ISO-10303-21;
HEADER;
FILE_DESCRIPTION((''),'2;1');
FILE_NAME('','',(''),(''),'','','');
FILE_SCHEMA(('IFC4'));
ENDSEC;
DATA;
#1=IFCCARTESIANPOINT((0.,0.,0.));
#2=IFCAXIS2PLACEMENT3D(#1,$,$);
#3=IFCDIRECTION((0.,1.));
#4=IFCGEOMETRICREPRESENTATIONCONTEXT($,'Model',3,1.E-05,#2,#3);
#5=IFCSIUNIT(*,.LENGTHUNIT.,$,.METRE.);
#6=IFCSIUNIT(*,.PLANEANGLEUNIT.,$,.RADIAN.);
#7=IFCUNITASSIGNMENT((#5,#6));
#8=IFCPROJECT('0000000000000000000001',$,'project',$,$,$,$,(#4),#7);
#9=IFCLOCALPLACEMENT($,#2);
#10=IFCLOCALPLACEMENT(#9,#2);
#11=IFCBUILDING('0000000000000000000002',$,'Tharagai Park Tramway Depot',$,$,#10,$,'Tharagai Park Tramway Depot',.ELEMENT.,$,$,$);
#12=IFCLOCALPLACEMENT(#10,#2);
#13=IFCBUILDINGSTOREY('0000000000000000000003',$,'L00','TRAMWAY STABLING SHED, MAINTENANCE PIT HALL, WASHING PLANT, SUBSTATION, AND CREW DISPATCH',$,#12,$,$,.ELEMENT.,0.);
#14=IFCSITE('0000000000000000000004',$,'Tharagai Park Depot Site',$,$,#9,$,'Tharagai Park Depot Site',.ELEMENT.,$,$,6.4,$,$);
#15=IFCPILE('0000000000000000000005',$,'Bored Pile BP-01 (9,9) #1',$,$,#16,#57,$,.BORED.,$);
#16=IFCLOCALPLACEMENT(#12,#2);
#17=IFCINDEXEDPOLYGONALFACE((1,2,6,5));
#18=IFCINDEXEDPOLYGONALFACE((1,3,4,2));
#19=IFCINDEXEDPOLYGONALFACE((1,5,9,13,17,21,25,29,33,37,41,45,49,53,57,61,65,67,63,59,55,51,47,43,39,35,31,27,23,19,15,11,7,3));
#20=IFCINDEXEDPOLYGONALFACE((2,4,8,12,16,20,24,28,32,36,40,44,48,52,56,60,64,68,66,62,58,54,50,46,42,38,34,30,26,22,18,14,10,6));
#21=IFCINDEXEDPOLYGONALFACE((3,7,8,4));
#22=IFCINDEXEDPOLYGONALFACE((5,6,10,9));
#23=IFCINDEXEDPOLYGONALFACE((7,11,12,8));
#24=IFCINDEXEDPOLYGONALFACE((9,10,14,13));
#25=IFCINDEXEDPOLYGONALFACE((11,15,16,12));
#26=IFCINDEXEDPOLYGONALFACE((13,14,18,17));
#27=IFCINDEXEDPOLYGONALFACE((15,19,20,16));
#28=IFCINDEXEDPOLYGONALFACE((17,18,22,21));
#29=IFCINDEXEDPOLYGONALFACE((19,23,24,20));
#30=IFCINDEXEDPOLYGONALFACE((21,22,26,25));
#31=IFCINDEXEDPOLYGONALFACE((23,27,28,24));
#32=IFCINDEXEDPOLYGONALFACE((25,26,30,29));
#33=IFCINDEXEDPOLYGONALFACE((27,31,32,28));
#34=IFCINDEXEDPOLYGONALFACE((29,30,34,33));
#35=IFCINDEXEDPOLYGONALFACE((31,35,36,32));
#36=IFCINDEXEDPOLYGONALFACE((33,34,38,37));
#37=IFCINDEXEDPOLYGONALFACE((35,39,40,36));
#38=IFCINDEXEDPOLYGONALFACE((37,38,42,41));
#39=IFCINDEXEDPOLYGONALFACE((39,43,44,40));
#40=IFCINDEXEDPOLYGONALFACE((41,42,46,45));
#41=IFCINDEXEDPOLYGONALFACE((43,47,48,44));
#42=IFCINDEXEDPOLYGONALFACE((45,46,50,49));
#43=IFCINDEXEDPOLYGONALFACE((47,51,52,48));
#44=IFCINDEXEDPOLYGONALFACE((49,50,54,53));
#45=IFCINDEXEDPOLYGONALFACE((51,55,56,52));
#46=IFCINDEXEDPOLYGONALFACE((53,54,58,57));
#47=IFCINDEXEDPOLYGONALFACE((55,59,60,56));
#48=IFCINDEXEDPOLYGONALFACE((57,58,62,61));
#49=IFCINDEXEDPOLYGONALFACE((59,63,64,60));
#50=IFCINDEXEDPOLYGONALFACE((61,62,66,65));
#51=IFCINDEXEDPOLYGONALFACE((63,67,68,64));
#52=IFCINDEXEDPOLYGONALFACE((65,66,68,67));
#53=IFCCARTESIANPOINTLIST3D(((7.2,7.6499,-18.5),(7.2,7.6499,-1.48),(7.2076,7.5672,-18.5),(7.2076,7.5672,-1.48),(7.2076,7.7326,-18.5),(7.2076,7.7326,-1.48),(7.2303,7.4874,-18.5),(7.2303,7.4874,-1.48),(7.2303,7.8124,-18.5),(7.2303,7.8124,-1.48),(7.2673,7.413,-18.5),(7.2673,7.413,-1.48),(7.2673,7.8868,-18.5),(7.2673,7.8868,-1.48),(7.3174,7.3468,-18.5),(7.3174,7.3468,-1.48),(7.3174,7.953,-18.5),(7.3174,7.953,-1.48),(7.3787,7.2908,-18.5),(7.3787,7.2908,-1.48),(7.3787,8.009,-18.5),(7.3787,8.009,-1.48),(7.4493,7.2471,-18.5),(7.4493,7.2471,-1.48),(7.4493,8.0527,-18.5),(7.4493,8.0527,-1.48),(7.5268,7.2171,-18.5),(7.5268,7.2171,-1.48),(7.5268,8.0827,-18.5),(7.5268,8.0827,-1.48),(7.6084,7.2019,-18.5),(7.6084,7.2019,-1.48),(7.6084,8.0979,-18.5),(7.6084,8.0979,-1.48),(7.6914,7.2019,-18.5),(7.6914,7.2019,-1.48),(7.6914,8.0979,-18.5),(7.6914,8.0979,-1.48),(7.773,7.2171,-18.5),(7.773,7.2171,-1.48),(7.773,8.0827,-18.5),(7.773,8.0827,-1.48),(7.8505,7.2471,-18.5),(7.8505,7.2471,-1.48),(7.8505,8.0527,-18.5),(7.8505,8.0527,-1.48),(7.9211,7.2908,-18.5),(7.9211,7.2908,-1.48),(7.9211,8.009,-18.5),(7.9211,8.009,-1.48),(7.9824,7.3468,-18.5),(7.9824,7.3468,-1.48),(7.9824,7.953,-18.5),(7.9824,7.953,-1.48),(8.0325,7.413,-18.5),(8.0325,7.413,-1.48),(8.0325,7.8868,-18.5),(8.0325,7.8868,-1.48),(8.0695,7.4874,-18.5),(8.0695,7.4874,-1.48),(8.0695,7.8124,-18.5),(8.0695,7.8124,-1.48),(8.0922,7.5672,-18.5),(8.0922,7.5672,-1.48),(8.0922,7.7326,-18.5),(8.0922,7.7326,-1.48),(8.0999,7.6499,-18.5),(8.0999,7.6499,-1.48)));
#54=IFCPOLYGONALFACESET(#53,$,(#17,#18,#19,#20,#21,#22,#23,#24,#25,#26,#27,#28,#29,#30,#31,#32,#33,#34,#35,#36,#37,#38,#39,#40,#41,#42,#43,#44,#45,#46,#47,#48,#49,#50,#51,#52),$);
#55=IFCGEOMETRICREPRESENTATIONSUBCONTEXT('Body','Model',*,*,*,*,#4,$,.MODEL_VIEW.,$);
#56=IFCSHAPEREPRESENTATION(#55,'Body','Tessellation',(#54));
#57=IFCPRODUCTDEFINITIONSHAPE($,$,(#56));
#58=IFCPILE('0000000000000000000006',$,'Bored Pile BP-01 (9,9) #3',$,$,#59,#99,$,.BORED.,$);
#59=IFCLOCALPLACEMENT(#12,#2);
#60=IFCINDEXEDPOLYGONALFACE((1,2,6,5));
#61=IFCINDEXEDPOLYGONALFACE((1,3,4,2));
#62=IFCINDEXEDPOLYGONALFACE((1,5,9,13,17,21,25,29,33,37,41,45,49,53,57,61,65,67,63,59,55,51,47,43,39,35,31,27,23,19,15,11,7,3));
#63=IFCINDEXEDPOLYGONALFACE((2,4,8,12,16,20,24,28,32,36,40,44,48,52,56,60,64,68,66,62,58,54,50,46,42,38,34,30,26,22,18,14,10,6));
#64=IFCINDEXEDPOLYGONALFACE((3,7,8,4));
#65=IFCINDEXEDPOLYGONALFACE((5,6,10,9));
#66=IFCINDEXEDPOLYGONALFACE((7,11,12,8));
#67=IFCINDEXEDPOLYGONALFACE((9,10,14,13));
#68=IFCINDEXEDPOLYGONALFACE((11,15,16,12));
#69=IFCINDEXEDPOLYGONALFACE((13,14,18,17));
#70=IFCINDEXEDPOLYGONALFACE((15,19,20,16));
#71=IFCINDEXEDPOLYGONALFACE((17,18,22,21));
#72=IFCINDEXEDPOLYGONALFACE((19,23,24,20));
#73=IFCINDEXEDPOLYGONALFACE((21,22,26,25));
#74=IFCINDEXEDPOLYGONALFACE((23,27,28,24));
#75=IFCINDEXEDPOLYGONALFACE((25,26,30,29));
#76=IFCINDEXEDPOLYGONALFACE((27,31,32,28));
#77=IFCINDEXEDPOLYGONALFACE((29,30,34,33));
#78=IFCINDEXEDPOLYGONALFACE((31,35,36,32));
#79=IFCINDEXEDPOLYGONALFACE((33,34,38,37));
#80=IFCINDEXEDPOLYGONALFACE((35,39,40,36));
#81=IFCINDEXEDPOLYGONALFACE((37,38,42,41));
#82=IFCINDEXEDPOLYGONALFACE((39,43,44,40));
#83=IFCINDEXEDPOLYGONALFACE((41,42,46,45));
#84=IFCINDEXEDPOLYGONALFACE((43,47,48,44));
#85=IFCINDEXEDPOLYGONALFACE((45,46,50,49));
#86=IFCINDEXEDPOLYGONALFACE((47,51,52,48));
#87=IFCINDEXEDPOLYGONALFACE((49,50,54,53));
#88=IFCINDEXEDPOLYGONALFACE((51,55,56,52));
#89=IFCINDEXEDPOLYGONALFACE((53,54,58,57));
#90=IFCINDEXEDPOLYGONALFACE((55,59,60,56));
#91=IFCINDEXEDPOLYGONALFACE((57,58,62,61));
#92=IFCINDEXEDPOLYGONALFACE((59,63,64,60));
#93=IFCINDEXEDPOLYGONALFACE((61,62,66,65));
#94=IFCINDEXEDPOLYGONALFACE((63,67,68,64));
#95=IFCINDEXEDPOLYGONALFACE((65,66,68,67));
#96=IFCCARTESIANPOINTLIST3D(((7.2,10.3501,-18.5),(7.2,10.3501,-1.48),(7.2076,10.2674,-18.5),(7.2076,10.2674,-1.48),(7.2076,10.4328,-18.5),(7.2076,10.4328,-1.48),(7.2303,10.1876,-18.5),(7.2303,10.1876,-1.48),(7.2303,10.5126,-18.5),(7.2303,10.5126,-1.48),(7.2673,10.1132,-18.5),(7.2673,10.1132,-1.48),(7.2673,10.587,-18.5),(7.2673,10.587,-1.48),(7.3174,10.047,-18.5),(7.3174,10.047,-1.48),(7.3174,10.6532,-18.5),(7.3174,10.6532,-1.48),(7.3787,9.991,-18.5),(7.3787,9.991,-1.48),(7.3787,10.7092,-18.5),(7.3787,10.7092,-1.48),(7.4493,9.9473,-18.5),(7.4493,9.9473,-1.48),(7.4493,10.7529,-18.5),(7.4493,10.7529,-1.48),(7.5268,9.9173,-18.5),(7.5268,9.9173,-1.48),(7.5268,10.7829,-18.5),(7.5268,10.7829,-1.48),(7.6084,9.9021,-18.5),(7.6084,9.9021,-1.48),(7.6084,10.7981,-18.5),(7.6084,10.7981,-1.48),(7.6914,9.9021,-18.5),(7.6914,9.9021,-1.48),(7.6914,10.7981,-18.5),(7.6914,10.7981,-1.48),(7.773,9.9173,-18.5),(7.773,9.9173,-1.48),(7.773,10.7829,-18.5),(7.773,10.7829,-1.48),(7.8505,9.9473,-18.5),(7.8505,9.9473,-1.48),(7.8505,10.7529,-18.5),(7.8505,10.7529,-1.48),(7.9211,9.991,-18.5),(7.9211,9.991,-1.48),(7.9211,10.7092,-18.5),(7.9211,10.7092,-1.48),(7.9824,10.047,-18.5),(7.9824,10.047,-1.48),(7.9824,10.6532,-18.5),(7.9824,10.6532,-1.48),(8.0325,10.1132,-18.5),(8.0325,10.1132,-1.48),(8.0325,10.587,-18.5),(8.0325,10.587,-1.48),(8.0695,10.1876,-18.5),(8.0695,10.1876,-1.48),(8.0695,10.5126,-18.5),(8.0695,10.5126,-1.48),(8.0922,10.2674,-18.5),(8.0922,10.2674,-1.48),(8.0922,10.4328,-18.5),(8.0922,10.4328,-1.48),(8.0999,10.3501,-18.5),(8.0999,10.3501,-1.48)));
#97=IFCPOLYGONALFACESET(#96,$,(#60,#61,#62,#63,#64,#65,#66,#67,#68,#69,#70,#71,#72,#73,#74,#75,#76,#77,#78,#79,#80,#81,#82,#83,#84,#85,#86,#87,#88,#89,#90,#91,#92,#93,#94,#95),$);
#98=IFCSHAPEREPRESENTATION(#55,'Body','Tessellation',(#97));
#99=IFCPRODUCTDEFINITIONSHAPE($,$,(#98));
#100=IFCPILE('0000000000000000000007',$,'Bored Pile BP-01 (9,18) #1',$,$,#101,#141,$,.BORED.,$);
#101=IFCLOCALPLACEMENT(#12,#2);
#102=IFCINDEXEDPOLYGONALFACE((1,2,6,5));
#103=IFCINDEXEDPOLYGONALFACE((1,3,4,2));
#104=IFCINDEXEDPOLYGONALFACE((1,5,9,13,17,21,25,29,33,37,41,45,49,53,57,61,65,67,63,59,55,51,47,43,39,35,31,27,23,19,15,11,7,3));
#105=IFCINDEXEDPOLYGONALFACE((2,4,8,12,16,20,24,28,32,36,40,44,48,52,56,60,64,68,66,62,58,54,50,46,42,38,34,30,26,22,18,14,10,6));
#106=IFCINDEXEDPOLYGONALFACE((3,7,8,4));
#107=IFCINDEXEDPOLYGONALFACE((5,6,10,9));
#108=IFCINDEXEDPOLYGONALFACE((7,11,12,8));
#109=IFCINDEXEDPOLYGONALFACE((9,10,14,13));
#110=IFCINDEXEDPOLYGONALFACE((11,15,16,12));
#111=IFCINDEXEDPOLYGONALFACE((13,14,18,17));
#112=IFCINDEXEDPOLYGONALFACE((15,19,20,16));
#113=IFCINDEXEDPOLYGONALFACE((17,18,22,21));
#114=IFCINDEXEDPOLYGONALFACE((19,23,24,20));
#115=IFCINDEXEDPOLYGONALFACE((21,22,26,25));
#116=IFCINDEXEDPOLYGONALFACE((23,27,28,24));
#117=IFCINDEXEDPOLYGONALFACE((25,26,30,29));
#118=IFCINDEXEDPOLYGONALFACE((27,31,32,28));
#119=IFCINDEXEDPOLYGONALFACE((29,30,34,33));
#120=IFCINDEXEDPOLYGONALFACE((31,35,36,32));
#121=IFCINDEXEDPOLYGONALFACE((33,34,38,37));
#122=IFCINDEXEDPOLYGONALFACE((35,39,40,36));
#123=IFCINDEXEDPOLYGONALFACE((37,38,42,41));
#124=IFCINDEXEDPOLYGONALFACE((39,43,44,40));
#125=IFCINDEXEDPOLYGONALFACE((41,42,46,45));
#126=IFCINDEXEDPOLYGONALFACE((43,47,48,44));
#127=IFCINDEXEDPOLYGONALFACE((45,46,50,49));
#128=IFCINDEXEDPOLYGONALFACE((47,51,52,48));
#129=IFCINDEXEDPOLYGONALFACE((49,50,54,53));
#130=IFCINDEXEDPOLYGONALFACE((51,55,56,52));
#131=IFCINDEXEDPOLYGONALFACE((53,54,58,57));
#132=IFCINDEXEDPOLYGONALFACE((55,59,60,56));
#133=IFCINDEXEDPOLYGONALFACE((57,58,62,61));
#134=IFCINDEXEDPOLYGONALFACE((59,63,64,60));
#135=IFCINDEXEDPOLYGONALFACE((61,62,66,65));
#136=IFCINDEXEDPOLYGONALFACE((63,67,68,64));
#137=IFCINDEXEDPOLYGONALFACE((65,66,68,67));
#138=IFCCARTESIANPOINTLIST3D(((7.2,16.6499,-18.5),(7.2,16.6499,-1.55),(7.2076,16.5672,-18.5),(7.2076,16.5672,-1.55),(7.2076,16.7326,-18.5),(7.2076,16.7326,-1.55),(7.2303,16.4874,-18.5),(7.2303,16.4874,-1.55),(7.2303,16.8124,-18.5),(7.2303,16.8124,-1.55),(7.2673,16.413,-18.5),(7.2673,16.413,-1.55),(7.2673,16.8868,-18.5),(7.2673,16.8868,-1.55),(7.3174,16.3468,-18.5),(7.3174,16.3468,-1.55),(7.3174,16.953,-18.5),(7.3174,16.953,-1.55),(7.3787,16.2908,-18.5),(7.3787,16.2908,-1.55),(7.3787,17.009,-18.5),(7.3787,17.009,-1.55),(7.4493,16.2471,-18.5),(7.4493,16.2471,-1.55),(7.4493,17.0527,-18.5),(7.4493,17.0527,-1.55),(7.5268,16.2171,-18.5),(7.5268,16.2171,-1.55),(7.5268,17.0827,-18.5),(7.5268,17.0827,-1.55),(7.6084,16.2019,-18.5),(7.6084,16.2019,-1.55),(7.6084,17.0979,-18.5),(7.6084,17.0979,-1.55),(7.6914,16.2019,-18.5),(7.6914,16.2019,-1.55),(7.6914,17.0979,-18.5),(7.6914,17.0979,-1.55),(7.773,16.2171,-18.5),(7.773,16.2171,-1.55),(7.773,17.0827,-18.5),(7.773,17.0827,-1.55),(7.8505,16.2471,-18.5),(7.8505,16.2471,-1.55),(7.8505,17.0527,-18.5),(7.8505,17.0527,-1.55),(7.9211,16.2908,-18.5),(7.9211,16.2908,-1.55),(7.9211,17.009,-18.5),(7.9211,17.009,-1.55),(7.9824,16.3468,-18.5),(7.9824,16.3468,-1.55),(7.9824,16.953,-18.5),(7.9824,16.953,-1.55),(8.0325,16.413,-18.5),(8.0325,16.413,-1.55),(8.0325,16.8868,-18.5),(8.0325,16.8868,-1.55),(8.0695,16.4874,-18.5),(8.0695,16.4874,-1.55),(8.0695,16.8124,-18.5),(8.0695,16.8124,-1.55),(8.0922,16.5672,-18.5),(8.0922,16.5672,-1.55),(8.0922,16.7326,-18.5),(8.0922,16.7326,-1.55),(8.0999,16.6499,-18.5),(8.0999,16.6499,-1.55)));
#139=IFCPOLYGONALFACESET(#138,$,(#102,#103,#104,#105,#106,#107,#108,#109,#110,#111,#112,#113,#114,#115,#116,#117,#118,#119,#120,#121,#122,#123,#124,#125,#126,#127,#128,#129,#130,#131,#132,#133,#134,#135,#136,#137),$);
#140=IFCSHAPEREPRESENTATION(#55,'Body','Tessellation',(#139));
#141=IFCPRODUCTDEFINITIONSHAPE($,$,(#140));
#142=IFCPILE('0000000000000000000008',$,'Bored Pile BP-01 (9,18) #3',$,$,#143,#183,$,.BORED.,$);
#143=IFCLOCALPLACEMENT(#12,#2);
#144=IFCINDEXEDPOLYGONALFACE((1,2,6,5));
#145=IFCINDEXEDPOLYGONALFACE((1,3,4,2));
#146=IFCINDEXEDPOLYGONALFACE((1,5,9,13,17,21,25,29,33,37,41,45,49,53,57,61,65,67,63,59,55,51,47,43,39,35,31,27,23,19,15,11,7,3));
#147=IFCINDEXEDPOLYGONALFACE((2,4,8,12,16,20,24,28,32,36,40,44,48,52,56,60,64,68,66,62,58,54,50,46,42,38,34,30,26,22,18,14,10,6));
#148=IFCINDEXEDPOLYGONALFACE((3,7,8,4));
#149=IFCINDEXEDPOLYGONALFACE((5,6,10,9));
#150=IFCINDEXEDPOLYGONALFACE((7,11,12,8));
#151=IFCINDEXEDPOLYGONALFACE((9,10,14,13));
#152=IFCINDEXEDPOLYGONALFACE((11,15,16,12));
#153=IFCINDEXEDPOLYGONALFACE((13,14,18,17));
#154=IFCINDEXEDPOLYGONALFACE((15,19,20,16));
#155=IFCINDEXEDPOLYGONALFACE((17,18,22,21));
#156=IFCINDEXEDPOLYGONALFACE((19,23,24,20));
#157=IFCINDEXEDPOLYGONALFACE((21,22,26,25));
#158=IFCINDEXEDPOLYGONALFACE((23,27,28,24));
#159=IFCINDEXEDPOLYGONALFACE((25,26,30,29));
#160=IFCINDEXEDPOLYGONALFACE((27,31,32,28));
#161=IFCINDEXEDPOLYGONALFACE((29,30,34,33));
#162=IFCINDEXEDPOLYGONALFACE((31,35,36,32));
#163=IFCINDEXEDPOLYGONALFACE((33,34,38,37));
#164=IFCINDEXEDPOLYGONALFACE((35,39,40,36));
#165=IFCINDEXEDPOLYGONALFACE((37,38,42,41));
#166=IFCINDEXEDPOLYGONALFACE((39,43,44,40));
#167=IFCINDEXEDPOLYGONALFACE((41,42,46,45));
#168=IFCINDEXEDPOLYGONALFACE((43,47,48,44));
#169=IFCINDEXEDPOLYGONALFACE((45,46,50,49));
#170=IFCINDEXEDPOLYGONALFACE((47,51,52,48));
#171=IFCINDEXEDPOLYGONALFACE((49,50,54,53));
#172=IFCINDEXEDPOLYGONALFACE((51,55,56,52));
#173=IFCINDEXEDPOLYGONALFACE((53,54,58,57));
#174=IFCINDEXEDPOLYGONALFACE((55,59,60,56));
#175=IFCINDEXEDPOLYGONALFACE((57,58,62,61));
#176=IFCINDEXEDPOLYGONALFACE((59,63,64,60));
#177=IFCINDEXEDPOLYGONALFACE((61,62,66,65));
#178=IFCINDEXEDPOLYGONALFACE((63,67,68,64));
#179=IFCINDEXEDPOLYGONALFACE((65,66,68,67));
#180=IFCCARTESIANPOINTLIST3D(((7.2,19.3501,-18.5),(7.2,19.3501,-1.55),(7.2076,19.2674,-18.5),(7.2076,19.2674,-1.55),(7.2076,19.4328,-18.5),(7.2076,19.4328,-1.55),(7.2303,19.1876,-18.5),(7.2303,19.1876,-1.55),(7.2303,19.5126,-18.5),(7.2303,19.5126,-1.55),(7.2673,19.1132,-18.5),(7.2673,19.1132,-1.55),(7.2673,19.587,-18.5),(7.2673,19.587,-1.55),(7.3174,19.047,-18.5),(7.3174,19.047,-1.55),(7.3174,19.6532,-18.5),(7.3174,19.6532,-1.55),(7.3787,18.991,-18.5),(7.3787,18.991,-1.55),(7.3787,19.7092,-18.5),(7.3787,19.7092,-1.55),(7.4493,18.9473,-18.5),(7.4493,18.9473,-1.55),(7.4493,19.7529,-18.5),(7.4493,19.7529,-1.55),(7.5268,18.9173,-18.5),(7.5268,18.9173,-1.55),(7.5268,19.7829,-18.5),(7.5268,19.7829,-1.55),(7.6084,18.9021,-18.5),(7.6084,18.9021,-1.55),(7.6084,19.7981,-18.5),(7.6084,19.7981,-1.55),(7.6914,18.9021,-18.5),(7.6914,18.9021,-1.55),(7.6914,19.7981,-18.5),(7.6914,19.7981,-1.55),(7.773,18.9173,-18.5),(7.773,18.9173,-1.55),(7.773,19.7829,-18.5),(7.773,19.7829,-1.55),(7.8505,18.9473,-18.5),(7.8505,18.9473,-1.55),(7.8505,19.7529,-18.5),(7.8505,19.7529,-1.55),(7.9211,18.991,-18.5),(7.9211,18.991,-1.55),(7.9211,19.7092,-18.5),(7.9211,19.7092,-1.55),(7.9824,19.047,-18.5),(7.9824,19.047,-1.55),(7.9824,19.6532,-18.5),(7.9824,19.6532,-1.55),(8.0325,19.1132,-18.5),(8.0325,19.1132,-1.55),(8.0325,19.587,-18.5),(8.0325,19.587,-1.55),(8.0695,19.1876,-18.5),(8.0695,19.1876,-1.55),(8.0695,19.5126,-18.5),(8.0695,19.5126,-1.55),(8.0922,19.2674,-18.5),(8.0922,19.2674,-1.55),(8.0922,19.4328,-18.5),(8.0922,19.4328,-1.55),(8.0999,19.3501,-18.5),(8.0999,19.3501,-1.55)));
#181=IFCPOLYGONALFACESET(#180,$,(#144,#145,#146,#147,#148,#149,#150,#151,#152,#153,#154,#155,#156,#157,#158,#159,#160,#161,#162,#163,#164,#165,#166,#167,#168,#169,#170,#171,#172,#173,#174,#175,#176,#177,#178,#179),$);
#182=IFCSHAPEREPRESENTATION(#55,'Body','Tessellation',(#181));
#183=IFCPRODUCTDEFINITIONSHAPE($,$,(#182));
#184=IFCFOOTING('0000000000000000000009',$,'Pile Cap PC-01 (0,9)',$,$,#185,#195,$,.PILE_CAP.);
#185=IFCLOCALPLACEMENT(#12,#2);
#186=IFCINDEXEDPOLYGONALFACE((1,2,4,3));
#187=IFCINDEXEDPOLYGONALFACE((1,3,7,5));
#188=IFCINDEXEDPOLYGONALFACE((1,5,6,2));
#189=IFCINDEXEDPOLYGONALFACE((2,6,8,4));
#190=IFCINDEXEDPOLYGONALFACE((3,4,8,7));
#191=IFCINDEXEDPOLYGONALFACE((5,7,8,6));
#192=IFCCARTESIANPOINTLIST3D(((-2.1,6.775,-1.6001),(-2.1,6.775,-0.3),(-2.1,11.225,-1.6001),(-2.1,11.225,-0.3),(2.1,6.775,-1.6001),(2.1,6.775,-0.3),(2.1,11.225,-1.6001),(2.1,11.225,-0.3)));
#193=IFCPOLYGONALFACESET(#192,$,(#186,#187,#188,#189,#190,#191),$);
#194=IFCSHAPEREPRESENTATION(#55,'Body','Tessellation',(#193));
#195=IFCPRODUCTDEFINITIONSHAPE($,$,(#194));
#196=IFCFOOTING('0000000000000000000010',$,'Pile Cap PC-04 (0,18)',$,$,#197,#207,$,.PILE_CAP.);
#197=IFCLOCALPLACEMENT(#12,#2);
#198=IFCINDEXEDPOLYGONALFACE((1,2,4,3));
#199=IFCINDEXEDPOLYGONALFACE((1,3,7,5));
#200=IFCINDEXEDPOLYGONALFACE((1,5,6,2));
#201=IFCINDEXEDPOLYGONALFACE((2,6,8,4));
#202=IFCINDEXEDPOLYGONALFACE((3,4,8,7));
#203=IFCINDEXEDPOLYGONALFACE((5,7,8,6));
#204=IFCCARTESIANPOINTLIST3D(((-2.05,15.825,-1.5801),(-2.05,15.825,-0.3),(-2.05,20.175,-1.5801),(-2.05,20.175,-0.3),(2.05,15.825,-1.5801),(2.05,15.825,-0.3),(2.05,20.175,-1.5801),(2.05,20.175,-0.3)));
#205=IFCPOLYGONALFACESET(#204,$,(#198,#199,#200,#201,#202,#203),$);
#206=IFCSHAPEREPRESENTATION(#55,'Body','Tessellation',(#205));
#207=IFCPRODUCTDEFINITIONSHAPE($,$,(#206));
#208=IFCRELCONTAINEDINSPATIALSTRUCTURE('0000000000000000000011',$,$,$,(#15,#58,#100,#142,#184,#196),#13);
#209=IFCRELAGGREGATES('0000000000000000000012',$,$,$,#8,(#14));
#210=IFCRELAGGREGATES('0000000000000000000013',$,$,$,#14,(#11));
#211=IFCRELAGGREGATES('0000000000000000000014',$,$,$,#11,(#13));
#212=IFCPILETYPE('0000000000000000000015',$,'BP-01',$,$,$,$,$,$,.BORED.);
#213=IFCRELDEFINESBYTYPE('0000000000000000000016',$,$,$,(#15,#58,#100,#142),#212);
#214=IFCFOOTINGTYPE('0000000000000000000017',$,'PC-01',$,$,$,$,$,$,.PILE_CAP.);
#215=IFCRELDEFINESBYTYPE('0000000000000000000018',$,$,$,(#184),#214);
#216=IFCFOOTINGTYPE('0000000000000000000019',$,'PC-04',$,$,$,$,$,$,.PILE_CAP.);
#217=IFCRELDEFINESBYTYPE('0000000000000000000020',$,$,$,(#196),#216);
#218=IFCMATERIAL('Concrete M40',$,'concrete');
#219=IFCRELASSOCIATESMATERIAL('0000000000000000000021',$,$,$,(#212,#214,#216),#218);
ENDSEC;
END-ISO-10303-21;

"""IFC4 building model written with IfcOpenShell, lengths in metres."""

from ifc_helpers import new_model, si_unit, direction, frame, origin, origin_2d, place, context, subcontext, project, spatial, rectangle, circle, extrude, material, material_profile, profile_set, type_object, element, save


model = new_model("IFC4")

# Units and contexts
model_context = context("Model", 3, precision=1e-05, world=origin(), true_north=direction((0.0, 1.0)))
body_context = subcontext(model_context, "Body", "Model", "MODEL_VIEW")
ifc_project = project(units=[si_unit("LENGTHUNIT", "METRE"), si_unit("PLANEANGLEUNIT", "RADIAN")], contexts=[model_context])

# Site, building, storey
site_placement = place(None, origin())
site = spatial("IfcSite", under=ifc_project, at=site_placement, Name="Tharagai Park Depot Site", LongName="Tharagai Park Depot Site", CompositionType="ELEMENT", RefElevation=6.4)
building_placement = place(site_placement, origin())
building = spatial("IfcBuilding", under=site, at=building_placement, Name="Tharagai Park Tramway Depot", LongName="Tharagai Park Tramway Depot", CompositionType="ELEMENT")
storey_placement = place(building_placement, origin())
storey = spatial("IfcBuildingStorey", under=building, at=storey_placement, Name="L00", Description="TRAMWAY STABLING SHED, MAINTENANCE PIT HALL, WASHING PLANT, SUBSTATION, AND CREW DISPATCH", CompositionType="ELEMENT", Elevation=0.0)

# Piles
ifc_material_1 = material(Name="Concrete M40", Category="concrete")
ifc_material_profile_1 = material_profile(ifc_material_1, circle(Radius=0.45, at=origin_2d()), Name="PILE D900")
ifc_profile_set_1 = profile_set([ifc_material_profile_1], Name="Concrete M40")
pile_type = type_object("IfcPileType", Name="BP-01", PredefinedType="BORED", material=ifc_profile_set_1)
for number, where, z_axis, x_axis, name in (
    (1, (7.6499, 7.6499, -1.48), (0.0, 0.0, -1.0), (1.0, 0.0, 0.0), "Bored Pile BP-01 (9,9) #1"),
    (2, (7.6499, 10.3501, -1.48), (0.0, 0.0, -1.0), (1.0, 0.0, 0.0), "Bored Pile BP-01 (9,9) #3"),
):
    element("IfcPile", number, at=place(storey_placement, frame(where, z_axis=z_axis, x_axis=x_axis)), inside=storey, type_object=pile_type, Name=name, PredefinedType="BORED", context=body_context, shape_type="SweptSolid", body=[
        extrude(circle(Radius=0.45, at=origin_2d()), origin(), (0.0, 0.0, 1.0), 17.02),
    ])
for number, where, z_axis, x_axis, name in (
    (3, (7.6499, 16.6499, -1.55), (0.0, 0.0, -1.0), (1.0, 0.0, 0.0), "Bored Pile BP-01 (9,18) #1"),
    (4, (7.6499, 19.3501, -1.55), (0.0, 0.0, -1.0), (1.0, 0.0, 0.0), "Bored Pile BP-01 (9,18) #3"),
):
    element("IfcPile", number, at=place(storey_placement, frame(where, z_axis=z_axis, x_axis=x_axis)), inside=storey, type_object=pile_type, Name=name, PredefinedType="BORED", context=body_context, shape_type="SweptSolid", body=[
        extrude(circle(Radius=0.45, at=origin_2d()), origin(), (0.0, 0.0, 1.0), 16.95),
    ])

# Footings
footing_type_1 = type_object("IfcFootingType", Name="PC-01", PredefinedType="PILE_CAP", material=ifc_material_1)
footing_1_placement = place(storey_placement, frame((0.0, 9.0, -1.6001), z_axis=(0.0, 0.0, 1.0), x_axis=(1.0, 0.0, 0.0)))
element("IfcFooting", 5, at=footing_1_placement, inside=storey, type_object=footing_type_1, Name="Pile Cap PC-01 (0,9)", PredefinedType="PILE_CAP", context=body_context, shape_type="SweptSolid", body=[
    extrude(rectangle(XDim=4.2, YDim=4.45, at=origin_2d()), origin(), (0.0, 0.0, 1.0), 1.3),
])
footing_type_2 = type_object("IfcFootingType", Name="PC-04", PredefinedType="PILE_CAP", material=ifc_material_1)
footing_2_placement = place(storey_placement, frame((0.0, 18.0, -1.5801), z_axis=(0.0, 0.0, 1.0), x_axis=(1.0, 0.0, 0.0)))
element("IfcFooting", 6, at=footing_2_placement, inside=storey, type_object=footing_type_2, Name="Pile Cap PC-04 (0,18)", PredefinedType="PILE_CAP", context=body_context, shape_type="SweptSolid", body=[
    extrude(rectangle(XDim=4.1001, YDim=4.3501, at=origin_2d()), origin(), (0.0, 0.0, 1.0), 1.28),
])

save(model, "model.ifc")
